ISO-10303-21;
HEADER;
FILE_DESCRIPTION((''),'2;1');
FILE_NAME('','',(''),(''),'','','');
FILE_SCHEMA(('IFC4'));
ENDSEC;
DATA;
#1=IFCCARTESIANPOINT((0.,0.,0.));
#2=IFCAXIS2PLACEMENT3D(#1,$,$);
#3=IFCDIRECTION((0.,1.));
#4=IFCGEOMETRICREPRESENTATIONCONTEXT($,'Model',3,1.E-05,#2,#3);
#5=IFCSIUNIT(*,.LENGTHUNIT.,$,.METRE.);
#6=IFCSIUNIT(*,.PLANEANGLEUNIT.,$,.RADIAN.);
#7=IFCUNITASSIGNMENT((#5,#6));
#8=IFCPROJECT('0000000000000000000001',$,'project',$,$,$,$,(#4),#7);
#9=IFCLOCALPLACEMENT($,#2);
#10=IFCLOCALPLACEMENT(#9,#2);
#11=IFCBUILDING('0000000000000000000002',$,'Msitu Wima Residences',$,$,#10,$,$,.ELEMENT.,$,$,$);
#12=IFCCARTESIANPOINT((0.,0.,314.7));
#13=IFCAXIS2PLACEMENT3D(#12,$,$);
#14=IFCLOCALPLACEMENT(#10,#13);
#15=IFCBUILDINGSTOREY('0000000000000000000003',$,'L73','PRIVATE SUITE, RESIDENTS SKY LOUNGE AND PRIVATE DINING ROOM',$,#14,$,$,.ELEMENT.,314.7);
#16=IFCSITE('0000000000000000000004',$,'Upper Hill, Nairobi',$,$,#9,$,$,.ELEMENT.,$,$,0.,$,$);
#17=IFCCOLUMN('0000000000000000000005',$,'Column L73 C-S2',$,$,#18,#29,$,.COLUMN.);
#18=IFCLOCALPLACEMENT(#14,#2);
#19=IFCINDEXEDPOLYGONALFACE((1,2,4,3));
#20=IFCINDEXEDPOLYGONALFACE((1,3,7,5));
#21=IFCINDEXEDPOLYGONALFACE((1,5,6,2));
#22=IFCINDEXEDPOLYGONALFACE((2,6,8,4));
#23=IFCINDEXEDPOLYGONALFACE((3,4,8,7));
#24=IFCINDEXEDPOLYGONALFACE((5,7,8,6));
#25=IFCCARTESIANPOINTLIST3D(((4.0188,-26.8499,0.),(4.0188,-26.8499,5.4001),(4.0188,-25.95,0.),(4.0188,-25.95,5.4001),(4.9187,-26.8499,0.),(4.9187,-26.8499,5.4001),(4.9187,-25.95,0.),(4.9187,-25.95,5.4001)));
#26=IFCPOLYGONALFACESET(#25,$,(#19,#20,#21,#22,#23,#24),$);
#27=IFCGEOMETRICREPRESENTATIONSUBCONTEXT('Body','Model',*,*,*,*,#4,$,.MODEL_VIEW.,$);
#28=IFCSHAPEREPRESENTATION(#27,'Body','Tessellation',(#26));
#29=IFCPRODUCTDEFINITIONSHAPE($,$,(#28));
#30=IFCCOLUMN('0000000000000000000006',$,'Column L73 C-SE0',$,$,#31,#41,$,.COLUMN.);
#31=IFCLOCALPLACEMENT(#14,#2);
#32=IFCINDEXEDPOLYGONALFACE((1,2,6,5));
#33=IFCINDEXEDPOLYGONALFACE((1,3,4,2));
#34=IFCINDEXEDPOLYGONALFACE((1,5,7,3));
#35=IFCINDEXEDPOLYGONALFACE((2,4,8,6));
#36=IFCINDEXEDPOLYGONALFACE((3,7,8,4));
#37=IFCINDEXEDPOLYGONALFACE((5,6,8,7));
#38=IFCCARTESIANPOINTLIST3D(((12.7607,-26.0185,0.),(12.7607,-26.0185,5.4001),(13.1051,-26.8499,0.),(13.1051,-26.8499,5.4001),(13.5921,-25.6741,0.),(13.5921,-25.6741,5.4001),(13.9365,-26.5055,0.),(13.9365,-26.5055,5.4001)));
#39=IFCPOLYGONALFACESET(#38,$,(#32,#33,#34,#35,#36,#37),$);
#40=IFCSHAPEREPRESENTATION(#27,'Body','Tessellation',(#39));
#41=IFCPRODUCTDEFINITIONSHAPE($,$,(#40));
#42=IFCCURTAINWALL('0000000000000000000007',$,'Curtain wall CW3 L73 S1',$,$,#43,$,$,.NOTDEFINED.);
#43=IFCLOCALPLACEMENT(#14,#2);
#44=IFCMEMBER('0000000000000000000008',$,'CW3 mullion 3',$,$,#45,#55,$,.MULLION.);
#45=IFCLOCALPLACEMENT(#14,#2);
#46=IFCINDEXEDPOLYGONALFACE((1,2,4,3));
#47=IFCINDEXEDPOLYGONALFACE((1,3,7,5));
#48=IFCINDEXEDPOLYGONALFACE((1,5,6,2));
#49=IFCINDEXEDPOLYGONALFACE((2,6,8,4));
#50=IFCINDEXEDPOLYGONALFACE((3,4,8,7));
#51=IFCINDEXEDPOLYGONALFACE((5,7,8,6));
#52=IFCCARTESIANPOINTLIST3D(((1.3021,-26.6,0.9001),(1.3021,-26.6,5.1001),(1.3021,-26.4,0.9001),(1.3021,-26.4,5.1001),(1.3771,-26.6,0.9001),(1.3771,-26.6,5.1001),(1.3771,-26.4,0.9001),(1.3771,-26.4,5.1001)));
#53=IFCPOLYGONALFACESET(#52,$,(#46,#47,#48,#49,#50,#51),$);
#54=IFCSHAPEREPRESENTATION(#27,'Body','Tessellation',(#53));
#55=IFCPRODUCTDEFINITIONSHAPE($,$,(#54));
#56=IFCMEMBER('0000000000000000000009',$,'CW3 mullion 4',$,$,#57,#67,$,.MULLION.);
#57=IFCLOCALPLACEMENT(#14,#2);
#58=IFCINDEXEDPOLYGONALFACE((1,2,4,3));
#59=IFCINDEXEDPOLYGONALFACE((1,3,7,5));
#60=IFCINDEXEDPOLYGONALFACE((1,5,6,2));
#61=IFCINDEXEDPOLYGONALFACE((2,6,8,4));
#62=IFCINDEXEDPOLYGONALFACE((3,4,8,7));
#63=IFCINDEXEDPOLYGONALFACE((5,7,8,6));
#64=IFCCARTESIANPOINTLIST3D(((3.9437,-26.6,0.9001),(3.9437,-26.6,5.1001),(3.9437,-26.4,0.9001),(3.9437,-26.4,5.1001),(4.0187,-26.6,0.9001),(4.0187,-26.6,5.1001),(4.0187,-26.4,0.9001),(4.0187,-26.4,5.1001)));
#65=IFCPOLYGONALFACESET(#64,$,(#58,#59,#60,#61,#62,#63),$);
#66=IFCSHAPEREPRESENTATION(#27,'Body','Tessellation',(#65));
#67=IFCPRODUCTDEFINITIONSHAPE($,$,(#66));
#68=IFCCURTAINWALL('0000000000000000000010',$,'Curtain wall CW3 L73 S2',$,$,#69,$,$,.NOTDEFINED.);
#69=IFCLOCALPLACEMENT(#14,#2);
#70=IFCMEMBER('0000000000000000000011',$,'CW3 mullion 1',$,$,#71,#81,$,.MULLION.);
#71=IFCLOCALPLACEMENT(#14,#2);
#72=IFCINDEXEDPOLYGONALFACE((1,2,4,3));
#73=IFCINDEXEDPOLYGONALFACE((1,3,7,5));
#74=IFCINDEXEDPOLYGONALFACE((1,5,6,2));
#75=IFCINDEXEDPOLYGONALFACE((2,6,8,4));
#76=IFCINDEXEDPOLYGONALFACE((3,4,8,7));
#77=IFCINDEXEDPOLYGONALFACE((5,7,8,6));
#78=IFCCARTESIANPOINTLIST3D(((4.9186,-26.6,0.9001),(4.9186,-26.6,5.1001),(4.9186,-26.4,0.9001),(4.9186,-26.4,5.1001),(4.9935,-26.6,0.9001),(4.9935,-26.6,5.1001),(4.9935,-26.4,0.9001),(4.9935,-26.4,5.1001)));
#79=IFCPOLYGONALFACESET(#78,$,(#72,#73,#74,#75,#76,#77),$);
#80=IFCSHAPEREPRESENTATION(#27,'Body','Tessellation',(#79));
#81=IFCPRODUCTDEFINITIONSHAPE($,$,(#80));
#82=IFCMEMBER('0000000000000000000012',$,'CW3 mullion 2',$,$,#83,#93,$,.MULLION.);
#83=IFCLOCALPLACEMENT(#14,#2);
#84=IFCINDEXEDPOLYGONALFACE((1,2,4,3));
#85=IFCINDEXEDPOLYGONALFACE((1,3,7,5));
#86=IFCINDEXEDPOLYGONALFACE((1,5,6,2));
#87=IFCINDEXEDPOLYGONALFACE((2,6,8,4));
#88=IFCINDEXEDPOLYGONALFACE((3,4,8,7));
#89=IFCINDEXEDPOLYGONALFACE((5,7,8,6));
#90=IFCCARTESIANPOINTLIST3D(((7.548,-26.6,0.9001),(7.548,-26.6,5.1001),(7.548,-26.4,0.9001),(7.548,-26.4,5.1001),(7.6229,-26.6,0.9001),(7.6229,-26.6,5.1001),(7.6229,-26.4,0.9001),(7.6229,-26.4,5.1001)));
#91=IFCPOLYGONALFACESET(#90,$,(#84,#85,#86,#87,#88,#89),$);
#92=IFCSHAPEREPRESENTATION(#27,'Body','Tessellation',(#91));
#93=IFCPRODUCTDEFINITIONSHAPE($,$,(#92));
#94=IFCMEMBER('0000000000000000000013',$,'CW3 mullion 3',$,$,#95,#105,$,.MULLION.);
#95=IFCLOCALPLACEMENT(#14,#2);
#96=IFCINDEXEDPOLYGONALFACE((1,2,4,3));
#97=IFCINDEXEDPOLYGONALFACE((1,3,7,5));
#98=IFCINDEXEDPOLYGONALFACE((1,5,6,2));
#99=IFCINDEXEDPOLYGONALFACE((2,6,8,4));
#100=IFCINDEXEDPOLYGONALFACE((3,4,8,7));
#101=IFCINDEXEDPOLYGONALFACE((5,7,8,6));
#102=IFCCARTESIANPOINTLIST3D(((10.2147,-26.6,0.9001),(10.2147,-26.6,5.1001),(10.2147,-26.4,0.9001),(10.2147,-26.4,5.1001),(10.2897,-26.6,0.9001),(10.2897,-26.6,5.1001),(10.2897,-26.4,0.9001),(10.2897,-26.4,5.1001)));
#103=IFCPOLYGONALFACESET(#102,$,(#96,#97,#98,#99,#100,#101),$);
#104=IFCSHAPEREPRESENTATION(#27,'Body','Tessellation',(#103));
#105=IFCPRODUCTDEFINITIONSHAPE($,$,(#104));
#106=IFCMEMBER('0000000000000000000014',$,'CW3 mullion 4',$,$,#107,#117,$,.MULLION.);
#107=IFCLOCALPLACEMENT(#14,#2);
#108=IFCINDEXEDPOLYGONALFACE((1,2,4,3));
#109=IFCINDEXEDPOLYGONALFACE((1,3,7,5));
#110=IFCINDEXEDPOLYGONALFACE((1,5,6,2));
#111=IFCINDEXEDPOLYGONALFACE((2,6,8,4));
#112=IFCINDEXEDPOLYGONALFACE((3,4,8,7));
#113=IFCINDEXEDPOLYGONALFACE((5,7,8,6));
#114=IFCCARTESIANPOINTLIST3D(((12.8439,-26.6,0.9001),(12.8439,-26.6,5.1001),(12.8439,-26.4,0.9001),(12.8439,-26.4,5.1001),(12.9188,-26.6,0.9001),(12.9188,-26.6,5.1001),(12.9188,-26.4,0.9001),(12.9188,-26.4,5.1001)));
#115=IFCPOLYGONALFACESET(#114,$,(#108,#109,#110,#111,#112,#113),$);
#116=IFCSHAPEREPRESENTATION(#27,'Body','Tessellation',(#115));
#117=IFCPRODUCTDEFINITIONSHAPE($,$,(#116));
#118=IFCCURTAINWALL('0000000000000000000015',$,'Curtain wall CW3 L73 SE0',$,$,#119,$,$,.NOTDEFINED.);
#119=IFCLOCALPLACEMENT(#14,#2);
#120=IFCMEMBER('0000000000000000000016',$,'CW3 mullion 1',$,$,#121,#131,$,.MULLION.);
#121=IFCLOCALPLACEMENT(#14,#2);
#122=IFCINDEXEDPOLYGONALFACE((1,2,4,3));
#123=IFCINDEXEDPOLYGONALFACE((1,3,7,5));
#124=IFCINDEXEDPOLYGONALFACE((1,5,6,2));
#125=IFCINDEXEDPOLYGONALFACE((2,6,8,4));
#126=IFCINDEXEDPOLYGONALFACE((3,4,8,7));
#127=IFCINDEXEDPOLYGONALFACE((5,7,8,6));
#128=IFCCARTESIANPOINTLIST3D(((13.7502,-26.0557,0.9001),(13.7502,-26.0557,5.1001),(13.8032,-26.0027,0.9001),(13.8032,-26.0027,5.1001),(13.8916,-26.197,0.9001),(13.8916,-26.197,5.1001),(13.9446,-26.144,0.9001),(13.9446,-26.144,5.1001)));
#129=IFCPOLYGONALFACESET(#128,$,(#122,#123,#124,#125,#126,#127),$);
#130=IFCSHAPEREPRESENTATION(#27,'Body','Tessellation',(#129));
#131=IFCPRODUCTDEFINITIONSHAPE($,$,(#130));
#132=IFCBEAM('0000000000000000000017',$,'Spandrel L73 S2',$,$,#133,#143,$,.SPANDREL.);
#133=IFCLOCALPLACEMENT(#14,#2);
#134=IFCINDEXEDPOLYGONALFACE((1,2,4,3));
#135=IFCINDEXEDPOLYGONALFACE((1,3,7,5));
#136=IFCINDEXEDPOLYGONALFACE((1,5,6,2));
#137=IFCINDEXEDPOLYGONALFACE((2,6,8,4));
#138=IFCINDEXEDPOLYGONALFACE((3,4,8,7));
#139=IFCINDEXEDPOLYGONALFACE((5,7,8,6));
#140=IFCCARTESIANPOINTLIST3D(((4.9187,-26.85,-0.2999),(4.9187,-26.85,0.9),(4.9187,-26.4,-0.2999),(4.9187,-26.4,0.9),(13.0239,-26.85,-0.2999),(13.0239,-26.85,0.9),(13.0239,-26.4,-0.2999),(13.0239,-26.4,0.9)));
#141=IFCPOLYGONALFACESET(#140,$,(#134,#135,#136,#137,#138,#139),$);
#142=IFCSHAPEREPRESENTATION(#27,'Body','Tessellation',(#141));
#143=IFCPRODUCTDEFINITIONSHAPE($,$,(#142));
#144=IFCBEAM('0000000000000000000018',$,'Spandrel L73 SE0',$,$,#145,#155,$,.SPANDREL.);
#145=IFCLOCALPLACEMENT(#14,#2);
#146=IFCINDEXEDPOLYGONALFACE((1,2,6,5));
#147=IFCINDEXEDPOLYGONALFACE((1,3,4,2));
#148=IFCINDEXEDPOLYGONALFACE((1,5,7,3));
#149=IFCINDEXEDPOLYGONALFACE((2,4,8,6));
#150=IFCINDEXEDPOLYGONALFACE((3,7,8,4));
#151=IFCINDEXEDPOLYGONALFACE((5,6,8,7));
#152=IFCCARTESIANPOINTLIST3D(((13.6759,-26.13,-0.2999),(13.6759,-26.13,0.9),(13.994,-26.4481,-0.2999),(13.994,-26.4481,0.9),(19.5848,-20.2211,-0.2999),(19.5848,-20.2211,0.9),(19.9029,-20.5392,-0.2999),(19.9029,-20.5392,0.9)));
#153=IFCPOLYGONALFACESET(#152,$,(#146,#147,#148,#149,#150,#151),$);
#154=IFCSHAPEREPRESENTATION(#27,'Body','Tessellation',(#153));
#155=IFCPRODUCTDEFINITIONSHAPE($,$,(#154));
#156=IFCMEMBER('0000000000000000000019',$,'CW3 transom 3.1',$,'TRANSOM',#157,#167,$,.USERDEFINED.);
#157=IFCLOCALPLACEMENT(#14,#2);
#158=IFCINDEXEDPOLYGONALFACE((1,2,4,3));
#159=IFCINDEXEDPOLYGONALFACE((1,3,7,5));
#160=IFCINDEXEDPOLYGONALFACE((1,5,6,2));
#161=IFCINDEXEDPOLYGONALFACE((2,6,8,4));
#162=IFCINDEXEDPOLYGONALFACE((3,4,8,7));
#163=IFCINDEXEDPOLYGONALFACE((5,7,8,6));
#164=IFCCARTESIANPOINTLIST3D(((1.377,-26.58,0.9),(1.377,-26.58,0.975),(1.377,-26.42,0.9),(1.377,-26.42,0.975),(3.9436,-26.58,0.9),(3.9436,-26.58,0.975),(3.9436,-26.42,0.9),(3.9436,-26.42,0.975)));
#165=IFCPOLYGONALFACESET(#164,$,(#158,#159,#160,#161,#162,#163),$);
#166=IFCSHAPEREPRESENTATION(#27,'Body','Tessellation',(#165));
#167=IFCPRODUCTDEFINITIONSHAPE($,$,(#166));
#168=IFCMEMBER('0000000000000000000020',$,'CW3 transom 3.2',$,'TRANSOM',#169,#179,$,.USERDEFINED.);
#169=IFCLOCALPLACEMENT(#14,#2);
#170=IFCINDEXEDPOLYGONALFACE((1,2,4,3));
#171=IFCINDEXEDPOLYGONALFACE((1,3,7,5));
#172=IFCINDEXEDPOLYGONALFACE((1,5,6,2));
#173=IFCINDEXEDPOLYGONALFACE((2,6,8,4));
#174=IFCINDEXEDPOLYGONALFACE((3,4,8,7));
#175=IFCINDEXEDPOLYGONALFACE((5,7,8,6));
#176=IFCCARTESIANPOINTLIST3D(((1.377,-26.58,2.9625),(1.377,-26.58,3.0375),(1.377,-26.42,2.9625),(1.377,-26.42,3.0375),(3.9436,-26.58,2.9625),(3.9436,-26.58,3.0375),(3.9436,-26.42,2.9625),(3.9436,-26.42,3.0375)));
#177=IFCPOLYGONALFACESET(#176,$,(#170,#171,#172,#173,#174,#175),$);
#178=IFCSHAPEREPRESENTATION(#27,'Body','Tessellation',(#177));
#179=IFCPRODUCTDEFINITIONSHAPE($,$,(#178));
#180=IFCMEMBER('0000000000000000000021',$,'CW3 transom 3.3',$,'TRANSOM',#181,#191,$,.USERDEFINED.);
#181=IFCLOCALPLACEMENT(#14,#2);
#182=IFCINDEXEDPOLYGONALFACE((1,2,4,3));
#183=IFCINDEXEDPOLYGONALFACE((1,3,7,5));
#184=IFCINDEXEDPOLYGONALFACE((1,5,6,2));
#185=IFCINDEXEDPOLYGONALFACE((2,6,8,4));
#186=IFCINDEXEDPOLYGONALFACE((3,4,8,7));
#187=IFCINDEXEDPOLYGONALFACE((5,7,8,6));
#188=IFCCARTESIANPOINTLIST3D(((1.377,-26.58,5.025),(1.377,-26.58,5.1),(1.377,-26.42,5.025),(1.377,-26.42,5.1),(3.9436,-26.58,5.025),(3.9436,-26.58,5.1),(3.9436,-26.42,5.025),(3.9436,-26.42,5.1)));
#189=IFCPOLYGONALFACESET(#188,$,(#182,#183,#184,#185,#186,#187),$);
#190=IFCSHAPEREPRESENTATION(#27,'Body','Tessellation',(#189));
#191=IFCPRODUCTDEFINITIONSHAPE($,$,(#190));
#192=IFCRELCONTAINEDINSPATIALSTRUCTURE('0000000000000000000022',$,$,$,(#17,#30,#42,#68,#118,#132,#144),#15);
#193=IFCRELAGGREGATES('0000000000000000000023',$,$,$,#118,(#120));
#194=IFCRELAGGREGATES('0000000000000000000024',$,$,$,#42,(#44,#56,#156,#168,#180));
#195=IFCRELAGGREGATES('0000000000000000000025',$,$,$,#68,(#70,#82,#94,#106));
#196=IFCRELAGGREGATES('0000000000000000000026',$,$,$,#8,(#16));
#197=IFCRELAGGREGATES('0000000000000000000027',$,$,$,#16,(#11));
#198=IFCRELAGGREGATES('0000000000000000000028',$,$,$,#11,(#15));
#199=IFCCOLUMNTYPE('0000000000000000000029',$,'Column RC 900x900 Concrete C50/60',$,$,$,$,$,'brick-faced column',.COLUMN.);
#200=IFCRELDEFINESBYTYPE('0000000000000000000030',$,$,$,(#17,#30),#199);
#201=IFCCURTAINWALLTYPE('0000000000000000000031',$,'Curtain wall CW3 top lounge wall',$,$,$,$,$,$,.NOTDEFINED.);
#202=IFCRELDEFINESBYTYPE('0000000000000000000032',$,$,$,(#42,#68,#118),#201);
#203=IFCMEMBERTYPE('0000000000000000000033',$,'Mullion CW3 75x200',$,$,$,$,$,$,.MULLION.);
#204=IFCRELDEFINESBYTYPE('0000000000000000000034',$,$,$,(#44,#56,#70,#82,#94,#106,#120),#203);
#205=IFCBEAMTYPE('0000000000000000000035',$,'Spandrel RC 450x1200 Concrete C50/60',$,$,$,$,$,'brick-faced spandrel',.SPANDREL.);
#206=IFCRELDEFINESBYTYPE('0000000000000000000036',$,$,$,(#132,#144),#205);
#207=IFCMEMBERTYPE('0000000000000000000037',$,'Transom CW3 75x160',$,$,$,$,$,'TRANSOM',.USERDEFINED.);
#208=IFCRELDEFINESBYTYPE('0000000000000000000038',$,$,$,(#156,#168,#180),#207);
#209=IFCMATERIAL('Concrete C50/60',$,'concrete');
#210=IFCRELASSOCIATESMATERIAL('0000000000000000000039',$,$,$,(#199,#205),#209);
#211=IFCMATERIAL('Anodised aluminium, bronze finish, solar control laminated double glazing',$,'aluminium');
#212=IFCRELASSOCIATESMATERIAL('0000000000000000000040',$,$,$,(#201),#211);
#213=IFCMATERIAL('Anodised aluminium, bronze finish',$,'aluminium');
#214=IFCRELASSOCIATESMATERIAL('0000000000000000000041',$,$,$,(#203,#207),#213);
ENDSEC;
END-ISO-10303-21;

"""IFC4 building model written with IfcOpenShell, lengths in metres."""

from ifc_helpers import new_model, si_unit, direction, frame, origin, origin_2d, place, context, subcontext, project, spatial, rectangle, extrude, material, material_profile, profile_set, type_object, element, aggregate, save


model = new_model("IFC4")

# Units and contexts
model_context = context("Model", 3, precision=1e-05, world=origin(), true_north=direction((0.0, 1.0)))
body_context = subcontext(model_context, "Body", "Model", "MODEL_VIEW")
ifc_project = project(units=[si_unit("LENGTHUNIT", "METRE"), si_unit("PLANEANGLEUNIT", "RADIAN")], contexts=[model_context])

# Site, building, storey
site_placement = place(None, origin())
site = spatial("IfcSite", under=ifc_project, at=site_placement, Name="Upper Hill, Nairobi", CompositionType="ELEMENT", RefElevation=0.0)
building_placement = place(site_placement, origin())
building = spatial("IfcBuilding", under=site, at=building_placement, Name="Msitu Wima Residences", CompositionType="ELEMENT")
storey_placement = place(building_placement, frame((0.0, 0.0, 314.7)))
storey = spatial("IfcBuildingStorey", under=building, at=storey_placement, Name="L73", Description="PRIVATE SUITE, RESIDENTS SKY LOUNGE AND PRIVATE DINING ROOM", CompositionType="ELEMENT", Elevation=314.7)

# Columns
ifc_material_1 = material(Name="Concrete C50/60", Category="concrete")
ifc_material_profile_1 = material_profile(ifc_material_1, rectangle(XDim=0.8999, YDim=0.8999, at=origin_2d()), Name="RC 900x900")
ifc_profile_set_1 = profile_set([ifc_material_profile_1], Name="Concrete C50/60")
column_type = type_object("IfcColumnType", Name="Column RC 900x900 Concrete C50/60", ElementType="brick-faced column", PredefinedType="COLUMN", material=ifc_profile_set_1)
for number, where, z_axis, x_axis, name in (
    (1, (4.4688, -26.3999, 0.0), (0.0, 0.0, 1.0), (1.0, 0.0, 0.0), "Column L73 C-S2"),
    (2, (13.3486, -26.262, 0.0), (0.0, 0.0, 1.0), (0.92388, 0.382683, 0.0), "Column L73 C-SE0"),
):
    element("IfcColumn", number, at=place(storey_placement, frame(where, z_axis=z_axis, x_axis=x_axis)), inside=storey, type_object=column_type, Name=name, PredefinedType="COLUMN", context=body_context, shape_type="SweptSolid", body=[
        extrude(rectangle(XDim=0.8999, YDim=0.8999, at=origin_2d()), origin(), (0.0, 0.0, 1.0), 5.4001),
    ])

# Curtain walls, members
ifc_material_2 = material(Name="Anodised aluminium, bronze finish, solar control laminated double glazing", Category="aluminium")
curtain_wall_type = type_object("IfcCurtainWallType", Name="Curtain wall CW3 top lounge wall", PredefinedType="NOTDEFINED", material=ifc_material_2)
curtain_wall_1_placement = place(storey_placement, origin())
curtain_wall_1 = element("IfcCurtainWall", 3, at=curtain_wall_1_placement, inside=storey, type_object=curtain_wall_type, Name="Curtain wall CW3 L73 S1", PredefinedType="NOTDEFINED")
ifc_material_3 = material(Name="Anodised aluminium, bronze finish", Category="aluminium")
ifc_material_profile_2 = material_profile(ifc_material_3, rectangle(XDim=0.2, YDim=0.075, at=origin_2d()), Name="Mullion 75x200")
ifc_profile_set_2 = profile_set([ifc_material_profile_2], Name="Anodised aluminium, bronze finish")
member_type_1 = type_object("IfcMemberType", Name="Mullion CW3 75x200", PredefinedType="MULLION", material=ifc_profile_set_2)
member_1_placement = place(storey_placement, frame((1.3396, -26.5, 0.9001), z_axis=(0.0, 0.0, 1.0), x_axis=(0.0, 1.0, 0.0)))
member_1 = element("IfcMember", 4, at=member_1_placement, type_object=member_type_1, Name="CW3 mullion 3", PredefinedType="MULLION", context=body_context, shape_type="SweptSolid", body=[
    extrude(rectangle(XDim=0.2, YDim=0.075, at=origin_2d()), origin(), (0.0, 0.0, 1.0), 4.2),
])
member_2_placement = place(storey_placement, frame((3.9812, -26.5, 0.9001), z_axis=(0.0, 0.0, 1.0), x_axis=(0.0, 1.0, 0.0)))
member_2 = element("IfcMember", 5, at=member_2_placement, type_object=member_type_1, Name="CW3 mullion 4", PredefinedType="MULLION", context=body_context, shape_type="SweptSolid", body=[
    extrude(rectangle(XDim=0.2, YDim=0.075, at=origin_2d()), origin(), (0.0, 0.0, 1.0), 4.2),
])
curtain_wall_2_placement = place(storey_placement, origin())
curtain_wall_2 = element("IfcCurtainWall", 6, at=curtain_wall_2_placement, inside=storey, type_object=curtain_wall_type, Name="Curtain wall CW3 L73 S2", PredefinedType="NOTDEFINED")
member_3_placement = place(storey_placement, frame((4.9561, -26.5, 0.9001), z_axis=(0.0, 0.0, 1.0), x_axis=(0.0, 1.0, 0.0)))
member_3 = element("IfcMember", 7, at=member_3_placement, type_object=member_type_1, Name="CW3 mullion 1", PredefinedType="MULLION", context=body_context, shape_type="SweptSolid", body=[
    extrude(rectangle(XDim=0.2, YDim=0.075, at=origin_2d()), origin(), (0.0, 0.0, 1.0), 4.2),
])
member_4_placement = place(storey_placement, frame((7.5854, -26.5, 0.9001), z_axis=(0.0, 0.0, 1.0), x_axis=(0.0, 1.0, 0.0)))
member_4 = element("IfcMember", 8, at=member_4_placement, type_object=member_type_1, Name="CW3 mullion 2", PredefinedType="MULLION", context=body_context, shape_type="SweptSolid", body=[
    extrude(rectangle(XDim=0.2, YDim=0.075, at=origin_2d()), origin(), (0.0, 0.0, 1.0), 4.2),
])
member_5_placement = place(storey_placement, frame((10.2522, -26.5, 0.9001), z_axis=(0.0, 0.0, 1.0), x_axis=(0.0, 1.0, 0.0)))
member_5 = element("IfcMember", 9, at=member_5_placement, type_object=member_type_1, Name="CW3 mullion 3", PredefinedType="MULLION", context=body_context, shape_type="SweptSolid", body=[
    extrude(rectangle(XDim=0.2, YDim=0.075, at=origin_2d()), origin(), (0.0, 0.0, 1.0), 4.2),
])
member_6_placement = place(storey_placement, frame((12.8813, -26.5, 0.9001), z_axis=(0.0, 0.0, 1.0), x_axis=(0.0, 1.0, 0.0)))
member_6 = element("IfcMember", 10, at=member_6_placement, type_object=member_type_1, Name="CW3 mullion 4", PredefinedType="MULLION", context=body_context, shape_type="SweptSolid", body=[
    extrude(rectangle(XDim=0.2, YDim=0.075, at=origin_2d()), origin(), (0.0, 0.0, 1.0), 4.2),
])

# Curtain wall, member
curtain_wall_3_placement = place(storey_placement, origin())
curtain_wall_3 = element("IfcCurtainWall", 11, at=curtain_wall_3_placement, inside=storey, type_object=curtain_wall_type, Name="Curtain wall CW3 L73 SE0", PredefinedType="NOTDEFINED")
member_7_placement = place(storey_placement, frame((13.8474, -26.0999, 0.9001), z_axis=(0.0, 0.0, 1.0), x_axis=(-0.707107, 0.707107, 0.0)))
member_7 = element("IfcMember", 12, at=member_7_placement, type_object=member_type_1, Name="CW3 mullion 1", PredefinedType="MULLION", context=body_context, shape_type="SweptSolid", body=[
    extrude(rectangle(XDim=0.2, YDim=0.075, at=origin_2d()), origin(), (0.0, 0.0, 1.0), 4.2),
])

# Beams
ifc_material_profile_3 = material_profile(ifc_material_1, rectangle(XDim=0.45, YDim=1.2, at=origin_2d()), Name="RC 450x1200")
ifc_profile_set_3 = profile_set([ifc_material_profile_3], Name="Concrete C50/60")
beam_type = type_object("IfcBeamType", Name="Spandrel RC 450x1200 Concrete C50/60", ElementType="brick-faced spandrel", PredefinedType="SPANDREL", material=ifc_profile_set_3)
beam_1_placement = place(storey_placement, frame((4.9187, -26.625, 0.3), z_axis=(1.0, 0.0, 0.0), x_axis=(0.0, 1.0, 0.0)))
element("IfcBeam", 13, at=beam_1_placement, inside=storey, type_object=beam_type, Name="Spandrel L73 S2", PredefinedType="SPANDREL", context=body_context, shape_type="SweptSolid", body=[
    extrude(rectangle(XDim=0.45, YDim=1.2, at=origin_2d()), origin(), (0.0, 0.0, 1.0), 8.1052),
])
beam_2_placement = place(storey_placement, frame((13.835, -26.2891, 0.3), z_axis=(0.707107, 0.707107, 0.0), x_axis=(-0.707107, 0.707107, 0.0)))
element("IfcBeam", 14, at=beam_2_placement, inside=storey, type_object=beam_type, Name="Spandrel L73 SE0", PredefinedType="SPANDREL", context=body_context, shape_type="SweptSolid", body=[
    extrude(rectangle(XDim=0.45, YDim=1.2, at=origin_2d()), origin(), (0.0, 0.0, 1.0), 8.3564),
])

# Members
ifc_material_profile_4 = material_profile(ifc_material_3, rectangle(XDim=0.1599, YDim=0.075, at=origin_2d()), Name="Transom 75x160")
ifc_profile_set_4 = profile_set([ifc_material_profile_4], Name="Anodised aluminium, bronze finish")
member_type_2 = type_object("IfcMemberType", Name="Transom CW3 75x160", ElementType="TRANSOM", PredefinedType="USERDEFINED", material=ifc_profile_set_4)
member_8_placement = place(storey_placement, frame((1.377, -26.5, 0.9375), z_axis=(1.0, 0.0, 0.0), x_axis=(0.0, 1.0, 0.0)))
member_8 = element("IfcMember", 15, at=member_8_placement, type_object=member_type_2, Name="CW3 transom 3.1", ObjectType="TRANSOM", PredefinedType="USERDEFINED", context=body_context, shape_type="SweptSolid", body=[
    extrude(rectangle(XDim=0.1599, YDim=0.075, at=origin_2d()), origin(), (0.0, 0.0, 1.0), 2.5667),
])
member_9_placement = place(storey_placement, frame((1.377, -26.5, 3.0), z_axis=(1.0, 0.0, 0.0), x_axis=(0.0, 1.0, 0.0)))
member_9 = element("IfcMember", 16, at=member_9_placement, type_object=member_type_2, Name="CW3 transom 3.2", ObjectType="TRANSOM", PredefinedType="USERDEFINED", context=body_context, shape_type="SweptSolid", body=[
    extrude(rectangle(XDim=0.1599, YDim=0.075, at=origin_2d()), origin(), (0.0, 0.0, 1.0), 2.5667),
])
member_10_placement = place(storey_placement, frame((1.377, -26.5, 5.0625), z_axis=(1.0, 0.0, 0.0), x_axis=(0.0, 1.0, 0.0)))
member_10 = element("IfcMember", 17, at=member_10_placement, type_object=member_type_2, Name="CW3 transom 3.3", ObjectType="TRANSOM", PredefinedType="USERDEFINED", context=body_context, shape_type="SweptSolid", body=[
    extrude(rectangle(XDim=0.1599, YDim=0.075, at=origin_2d()), origin(), (0.0, 0.0, 1.0), 2.5667),
])
aggregate(curtain_wall_3, [member_7])

aggregate(curtain_wall_1, [member_1, member_2, member_8, member_9, member_10])
aggregate(curtain_wall_2, [member_3, member_4, member_5, member_6])

save(model, "model.ifc")
